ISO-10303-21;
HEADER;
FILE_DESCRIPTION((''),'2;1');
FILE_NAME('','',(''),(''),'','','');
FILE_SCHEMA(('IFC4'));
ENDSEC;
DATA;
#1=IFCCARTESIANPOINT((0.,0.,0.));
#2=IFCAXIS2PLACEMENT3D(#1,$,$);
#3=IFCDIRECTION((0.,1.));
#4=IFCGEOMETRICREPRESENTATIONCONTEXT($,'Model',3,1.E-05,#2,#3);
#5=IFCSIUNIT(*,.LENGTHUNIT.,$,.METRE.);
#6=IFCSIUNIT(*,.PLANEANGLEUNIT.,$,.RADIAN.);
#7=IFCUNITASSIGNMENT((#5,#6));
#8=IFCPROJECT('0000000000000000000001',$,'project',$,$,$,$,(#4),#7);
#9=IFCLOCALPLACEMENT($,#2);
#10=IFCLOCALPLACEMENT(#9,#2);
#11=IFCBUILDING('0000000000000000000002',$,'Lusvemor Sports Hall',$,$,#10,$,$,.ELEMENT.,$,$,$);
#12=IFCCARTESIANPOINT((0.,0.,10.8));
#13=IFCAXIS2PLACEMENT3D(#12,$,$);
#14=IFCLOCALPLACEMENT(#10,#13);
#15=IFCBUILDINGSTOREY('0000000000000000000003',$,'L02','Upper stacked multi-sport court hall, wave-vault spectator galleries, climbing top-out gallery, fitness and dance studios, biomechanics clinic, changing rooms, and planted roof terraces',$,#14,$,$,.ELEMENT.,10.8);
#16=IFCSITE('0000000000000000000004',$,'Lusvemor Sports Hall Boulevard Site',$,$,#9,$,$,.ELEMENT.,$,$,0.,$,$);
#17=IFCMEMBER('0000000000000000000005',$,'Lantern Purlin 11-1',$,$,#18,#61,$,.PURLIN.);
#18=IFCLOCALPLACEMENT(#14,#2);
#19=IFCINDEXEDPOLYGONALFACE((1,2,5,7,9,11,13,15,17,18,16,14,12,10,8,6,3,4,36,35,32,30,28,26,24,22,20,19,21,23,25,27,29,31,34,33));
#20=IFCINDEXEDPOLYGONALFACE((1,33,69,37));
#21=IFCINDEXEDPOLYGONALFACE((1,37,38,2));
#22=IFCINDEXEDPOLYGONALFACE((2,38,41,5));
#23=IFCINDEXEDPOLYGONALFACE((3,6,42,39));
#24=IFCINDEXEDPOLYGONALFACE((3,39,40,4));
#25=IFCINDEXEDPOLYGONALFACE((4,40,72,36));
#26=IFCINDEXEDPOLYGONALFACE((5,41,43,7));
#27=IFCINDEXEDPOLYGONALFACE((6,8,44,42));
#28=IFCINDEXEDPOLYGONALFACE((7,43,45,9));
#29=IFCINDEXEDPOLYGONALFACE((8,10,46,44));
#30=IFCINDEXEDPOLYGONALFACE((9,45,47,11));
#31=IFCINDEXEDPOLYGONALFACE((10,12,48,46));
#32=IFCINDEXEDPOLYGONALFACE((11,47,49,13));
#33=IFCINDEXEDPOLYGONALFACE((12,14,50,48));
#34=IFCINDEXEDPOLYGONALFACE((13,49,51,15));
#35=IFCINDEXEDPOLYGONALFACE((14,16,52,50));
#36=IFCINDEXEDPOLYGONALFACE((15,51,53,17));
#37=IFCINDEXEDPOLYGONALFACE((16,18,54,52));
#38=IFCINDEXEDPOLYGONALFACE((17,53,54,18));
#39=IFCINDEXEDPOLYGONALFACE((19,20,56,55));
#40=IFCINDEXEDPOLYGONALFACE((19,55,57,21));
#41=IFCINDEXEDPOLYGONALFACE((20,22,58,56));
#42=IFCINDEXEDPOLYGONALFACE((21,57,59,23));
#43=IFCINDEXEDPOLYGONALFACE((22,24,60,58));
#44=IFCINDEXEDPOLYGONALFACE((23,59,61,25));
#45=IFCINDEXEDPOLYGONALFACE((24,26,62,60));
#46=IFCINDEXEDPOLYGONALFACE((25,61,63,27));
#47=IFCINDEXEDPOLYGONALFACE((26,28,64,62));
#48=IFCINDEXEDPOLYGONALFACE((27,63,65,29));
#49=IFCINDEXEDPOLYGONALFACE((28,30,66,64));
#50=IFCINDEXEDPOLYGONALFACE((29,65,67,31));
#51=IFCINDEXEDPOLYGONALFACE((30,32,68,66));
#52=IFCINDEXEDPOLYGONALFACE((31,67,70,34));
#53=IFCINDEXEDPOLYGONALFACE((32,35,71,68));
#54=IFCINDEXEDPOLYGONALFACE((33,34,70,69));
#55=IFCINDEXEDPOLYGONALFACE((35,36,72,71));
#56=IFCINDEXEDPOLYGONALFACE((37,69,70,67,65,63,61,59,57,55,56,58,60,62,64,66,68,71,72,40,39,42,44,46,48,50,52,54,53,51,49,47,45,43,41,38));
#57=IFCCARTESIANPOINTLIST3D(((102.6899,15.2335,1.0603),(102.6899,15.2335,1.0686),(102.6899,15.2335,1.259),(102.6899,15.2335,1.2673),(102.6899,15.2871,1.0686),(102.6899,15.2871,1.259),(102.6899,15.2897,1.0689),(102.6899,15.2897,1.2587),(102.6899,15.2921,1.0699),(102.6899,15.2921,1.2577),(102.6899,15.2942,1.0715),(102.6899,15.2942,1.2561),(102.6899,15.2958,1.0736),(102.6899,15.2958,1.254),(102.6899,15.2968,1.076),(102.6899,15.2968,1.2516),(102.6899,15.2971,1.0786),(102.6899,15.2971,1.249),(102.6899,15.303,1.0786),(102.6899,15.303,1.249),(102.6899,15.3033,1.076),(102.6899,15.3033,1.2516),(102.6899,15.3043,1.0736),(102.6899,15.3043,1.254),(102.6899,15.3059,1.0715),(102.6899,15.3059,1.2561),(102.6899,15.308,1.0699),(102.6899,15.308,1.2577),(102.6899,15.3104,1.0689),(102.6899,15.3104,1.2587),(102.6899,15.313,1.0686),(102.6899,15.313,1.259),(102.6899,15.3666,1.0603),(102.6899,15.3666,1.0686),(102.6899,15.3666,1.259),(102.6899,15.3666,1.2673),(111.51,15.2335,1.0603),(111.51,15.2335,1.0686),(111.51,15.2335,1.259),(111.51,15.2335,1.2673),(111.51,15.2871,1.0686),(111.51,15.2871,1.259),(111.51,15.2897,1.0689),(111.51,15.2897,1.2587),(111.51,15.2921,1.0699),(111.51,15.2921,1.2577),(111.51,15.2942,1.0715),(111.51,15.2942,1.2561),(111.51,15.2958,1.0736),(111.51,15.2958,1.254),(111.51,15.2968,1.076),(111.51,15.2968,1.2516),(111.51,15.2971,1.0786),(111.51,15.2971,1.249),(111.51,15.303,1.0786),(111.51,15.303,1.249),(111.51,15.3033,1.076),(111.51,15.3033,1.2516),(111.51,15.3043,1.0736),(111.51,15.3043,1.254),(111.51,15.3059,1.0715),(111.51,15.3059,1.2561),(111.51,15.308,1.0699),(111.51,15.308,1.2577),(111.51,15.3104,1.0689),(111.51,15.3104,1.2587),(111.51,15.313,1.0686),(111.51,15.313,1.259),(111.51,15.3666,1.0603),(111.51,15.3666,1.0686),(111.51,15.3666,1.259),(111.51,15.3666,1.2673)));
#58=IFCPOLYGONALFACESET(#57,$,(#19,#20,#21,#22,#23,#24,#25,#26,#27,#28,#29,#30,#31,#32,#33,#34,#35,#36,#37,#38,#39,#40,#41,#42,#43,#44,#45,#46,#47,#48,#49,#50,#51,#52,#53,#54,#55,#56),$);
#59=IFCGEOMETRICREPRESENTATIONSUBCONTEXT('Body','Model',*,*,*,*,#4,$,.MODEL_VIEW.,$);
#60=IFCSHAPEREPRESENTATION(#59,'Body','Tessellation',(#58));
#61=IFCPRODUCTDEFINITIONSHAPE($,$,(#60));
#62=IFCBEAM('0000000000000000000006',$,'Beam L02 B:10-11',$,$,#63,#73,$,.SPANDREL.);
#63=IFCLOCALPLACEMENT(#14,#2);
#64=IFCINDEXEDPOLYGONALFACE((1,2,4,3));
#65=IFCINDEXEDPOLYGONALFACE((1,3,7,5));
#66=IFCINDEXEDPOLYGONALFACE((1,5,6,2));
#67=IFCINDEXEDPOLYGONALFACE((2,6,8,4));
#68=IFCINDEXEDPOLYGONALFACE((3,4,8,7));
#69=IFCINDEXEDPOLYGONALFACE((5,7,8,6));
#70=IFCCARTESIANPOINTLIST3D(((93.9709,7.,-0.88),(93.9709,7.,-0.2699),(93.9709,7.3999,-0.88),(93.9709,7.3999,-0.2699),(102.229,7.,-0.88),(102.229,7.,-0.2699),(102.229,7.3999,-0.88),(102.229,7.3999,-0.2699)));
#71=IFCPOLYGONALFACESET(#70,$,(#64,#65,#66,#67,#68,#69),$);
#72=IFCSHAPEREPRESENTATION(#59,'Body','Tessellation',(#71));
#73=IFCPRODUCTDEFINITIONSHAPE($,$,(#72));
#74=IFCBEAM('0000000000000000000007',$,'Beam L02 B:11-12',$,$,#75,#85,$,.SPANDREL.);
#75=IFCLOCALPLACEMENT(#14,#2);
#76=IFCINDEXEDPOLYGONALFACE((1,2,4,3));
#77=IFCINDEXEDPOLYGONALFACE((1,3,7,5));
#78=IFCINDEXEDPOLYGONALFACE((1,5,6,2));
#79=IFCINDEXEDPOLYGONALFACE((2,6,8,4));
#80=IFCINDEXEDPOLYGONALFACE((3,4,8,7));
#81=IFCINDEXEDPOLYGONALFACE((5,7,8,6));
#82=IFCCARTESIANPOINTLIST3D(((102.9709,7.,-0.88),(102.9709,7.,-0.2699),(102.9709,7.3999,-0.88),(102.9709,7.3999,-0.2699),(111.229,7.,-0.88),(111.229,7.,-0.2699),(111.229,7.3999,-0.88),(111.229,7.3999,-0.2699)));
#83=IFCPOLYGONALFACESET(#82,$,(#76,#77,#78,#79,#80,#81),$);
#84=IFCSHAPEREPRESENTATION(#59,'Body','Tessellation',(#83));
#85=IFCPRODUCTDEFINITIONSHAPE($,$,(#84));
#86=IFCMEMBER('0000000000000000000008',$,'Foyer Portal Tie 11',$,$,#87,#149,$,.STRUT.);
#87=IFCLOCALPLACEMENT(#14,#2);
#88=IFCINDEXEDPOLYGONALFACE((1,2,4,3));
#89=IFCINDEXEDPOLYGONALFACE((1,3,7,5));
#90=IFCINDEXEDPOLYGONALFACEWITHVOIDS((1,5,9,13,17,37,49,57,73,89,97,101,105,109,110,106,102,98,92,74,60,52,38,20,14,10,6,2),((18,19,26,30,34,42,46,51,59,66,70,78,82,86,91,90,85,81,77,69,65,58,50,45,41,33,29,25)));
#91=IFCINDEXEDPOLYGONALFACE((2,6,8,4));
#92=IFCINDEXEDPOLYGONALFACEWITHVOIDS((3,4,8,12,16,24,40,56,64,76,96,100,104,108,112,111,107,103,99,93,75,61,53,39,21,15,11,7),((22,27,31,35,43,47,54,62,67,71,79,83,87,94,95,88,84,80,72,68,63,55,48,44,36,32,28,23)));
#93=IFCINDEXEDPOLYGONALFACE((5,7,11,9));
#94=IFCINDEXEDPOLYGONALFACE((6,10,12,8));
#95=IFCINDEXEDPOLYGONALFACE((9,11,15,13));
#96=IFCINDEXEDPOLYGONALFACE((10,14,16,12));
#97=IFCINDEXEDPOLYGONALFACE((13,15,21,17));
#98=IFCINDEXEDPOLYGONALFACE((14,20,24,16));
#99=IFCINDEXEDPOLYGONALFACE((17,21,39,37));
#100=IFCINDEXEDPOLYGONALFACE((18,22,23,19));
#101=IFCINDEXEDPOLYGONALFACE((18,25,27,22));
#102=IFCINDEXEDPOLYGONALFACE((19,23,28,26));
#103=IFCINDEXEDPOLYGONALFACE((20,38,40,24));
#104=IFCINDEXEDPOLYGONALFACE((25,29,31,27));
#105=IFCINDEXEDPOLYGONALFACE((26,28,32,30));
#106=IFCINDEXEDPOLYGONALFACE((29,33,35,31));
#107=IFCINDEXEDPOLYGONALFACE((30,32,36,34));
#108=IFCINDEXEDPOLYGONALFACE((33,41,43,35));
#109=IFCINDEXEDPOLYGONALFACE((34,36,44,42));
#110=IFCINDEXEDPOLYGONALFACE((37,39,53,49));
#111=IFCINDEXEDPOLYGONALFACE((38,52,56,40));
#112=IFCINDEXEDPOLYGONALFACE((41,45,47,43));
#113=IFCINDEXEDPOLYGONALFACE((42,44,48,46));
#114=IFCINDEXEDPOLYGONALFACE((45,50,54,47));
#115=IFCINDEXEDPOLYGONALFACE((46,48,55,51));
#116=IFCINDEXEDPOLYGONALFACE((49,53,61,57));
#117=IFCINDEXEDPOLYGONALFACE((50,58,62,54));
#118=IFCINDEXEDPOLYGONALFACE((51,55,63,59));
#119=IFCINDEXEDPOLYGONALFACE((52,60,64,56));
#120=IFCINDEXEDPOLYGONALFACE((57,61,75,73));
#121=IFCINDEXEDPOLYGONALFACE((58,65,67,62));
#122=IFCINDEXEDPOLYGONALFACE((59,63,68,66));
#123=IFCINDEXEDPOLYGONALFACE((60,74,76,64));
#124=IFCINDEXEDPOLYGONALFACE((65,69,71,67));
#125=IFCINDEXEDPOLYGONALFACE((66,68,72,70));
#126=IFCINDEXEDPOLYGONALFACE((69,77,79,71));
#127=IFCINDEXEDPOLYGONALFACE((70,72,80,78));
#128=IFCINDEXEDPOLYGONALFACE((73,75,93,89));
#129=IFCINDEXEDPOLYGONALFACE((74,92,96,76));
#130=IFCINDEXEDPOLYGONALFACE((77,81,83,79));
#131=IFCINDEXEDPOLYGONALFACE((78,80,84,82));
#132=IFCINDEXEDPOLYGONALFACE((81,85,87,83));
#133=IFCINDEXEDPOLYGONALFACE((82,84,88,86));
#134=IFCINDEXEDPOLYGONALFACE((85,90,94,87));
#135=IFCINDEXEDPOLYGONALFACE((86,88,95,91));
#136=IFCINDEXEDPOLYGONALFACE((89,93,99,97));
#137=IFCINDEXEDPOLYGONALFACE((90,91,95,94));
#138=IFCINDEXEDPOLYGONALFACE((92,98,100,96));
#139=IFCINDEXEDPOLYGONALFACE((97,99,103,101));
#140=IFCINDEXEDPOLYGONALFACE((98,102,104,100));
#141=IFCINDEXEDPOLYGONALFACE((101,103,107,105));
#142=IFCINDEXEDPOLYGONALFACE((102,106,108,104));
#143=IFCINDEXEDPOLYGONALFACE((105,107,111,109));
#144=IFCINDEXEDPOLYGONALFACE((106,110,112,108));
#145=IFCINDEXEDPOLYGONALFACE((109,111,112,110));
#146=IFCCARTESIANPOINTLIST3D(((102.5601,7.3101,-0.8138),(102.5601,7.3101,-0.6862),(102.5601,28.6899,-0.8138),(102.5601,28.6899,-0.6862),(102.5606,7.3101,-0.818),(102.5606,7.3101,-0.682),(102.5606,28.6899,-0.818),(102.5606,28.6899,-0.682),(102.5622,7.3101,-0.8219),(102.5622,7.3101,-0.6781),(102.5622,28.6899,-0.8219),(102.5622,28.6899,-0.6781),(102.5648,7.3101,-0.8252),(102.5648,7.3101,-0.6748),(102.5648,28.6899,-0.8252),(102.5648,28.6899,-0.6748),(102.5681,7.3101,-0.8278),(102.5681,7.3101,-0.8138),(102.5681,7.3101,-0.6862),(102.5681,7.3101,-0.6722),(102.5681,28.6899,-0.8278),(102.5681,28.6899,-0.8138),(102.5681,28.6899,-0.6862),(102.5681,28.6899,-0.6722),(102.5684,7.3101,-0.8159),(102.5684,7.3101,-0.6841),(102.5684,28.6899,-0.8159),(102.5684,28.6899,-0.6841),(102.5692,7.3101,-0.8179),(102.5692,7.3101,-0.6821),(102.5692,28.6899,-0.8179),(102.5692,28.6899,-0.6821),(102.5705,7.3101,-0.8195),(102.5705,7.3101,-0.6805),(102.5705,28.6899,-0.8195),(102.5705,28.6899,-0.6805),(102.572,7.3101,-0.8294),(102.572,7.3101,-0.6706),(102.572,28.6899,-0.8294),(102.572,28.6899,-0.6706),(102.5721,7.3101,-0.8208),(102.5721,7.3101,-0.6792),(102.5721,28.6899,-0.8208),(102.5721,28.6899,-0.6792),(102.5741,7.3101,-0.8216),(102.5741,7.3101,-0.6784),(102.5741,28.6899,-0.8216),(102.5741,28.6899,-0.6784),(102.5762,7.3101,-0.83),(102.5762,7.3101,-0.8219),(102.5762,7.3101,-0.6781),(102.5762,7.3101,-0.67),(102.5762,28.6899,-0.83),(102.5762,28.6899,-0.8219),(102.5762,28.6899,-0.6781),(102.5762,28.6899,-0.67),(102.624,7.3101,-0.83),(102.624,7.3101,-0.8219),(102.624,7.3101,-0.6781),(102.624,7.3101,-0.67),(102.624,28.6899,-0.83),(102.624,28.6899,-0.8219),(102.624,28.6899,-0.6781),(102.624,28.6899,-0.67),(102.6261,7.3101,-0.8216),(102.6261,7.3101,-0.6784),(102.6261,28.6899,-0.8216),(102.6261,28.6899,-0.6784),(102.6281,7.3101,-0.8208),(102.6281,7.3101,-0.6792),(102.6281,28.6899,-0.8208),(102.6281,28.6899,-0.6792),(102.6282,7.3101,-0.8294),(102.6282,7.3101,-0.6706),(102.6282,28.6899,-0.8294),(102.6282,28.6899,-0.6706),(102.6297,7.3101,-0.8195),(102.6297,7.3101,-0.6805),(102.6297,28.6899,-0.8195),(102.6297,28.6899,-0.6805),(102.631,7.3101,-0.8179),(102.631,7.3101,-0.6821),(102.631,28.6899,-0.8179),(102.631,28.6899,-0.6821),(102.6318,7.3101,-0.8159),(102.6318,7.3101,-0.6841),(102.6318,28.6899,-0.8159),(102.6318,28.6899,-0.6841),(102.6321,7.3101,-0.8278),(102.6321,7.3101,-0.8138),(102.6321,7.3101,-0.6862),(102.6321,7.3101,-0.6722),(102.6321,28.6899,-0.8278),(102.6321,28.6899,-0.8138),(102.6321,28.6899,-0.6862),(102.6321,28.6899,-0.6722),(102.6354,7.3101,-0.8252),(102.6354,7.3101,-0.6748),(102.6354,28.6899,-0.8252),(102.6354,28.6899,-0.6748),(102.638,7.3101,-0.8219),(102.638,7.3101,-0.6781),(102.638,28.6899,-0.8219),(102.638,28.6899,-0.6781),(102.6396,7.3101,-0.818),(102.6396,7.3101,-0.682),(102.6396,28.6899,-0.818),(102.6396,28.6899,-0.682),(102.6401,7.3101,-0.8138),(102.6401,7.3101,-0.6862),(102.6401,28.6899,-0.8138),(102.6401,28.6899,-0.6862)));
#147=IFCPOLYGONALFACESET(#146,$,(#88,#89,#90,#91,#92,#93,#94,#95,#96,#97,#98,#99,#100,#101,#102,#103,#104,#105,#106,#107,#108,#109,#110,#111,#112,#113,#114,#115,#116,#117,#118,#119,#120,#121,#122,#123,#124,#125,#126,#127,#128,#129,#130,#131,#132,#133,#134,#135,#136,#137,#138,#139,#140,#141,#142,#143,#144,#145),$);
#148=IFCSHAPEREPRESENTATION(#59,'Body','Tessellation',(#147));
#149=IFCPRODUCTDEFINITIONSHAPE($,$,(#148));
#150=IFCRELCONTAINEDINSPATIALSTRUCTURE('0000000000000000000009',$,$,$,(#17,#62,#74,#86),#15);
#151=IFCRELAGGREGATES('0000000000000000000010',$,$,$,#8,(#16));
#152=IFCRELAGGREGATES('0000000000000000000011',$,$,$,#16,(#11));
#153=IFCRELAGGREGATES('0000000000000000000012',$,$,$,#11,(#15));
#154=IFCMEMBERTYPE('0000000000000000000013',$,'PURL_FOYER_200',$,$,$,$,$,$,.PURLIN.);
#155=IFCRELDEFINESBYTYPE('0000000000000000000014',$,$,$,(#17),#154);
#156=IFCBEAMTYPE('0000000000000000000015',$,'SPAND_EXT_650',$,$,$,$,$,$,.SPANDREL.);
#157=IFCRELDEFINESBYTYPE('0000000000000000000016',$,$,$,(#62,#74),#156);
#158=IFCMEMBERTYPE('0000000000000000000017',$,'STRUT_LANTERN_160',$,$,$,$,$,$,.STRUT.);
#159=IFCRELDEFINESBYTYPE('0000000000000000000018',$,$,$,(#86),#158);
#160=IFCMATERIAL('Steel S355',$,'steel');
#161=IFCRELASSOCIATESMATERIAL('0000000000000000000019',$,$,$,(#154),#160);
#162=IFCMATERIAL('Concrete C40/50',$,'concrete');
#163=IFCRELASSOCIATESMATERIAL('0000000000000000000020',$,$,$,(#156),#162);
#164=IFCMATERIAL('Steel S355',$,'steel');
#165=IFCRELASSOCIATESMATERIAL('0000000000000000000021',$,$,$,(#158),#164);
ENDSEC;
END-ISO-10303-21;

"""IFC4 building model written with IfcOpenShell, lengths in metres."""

from ifc_helpers import new_model, si_unit, direction, frame, origin, origin_2d, place, context, subcontext, project, spatial, rectangle, hollow_rectangle, i_section, extrude, material, material_profile, profile_set, type_object, element, save


model = new_model("IFC4")

# Units and contexts
model_context = context("Model", 3, precision=1e-05, world=origin(), true_north=direction((0.0, 1.0)))
body_context = subcontext(model_context, "Body", "Model", "MODEL_VIEW")
ifc_project = project(units=[si_unit("LENGTHUNIT", "METRE"), si_unit("PLANEANGLEUNIT", "RADIAN")], contexts=[model_context])

# Site, building, storey
site_placement = place(None, origin())
site = spatial("IfcSite", under=ifc_project, at=site_placement, Name="Lusvemor Sports Hall Boulevard Site", CompositionType="ELEMENT", RefElevation=0.0)
building_placement = place(site_placement, origin())
building = spatial("IfcBuilding", under=site, at=building_placement, Name="Lusvemor Sports Hall", CompositionType="ELEMENT")
storey_placement = place(building_placement, frame((0.0, 0.0, 10.8)))
storey = spatial("IfcBuildingStorey", under=building, at=storey_placement, Name="L02", Description="Upper stacked multi-sport court hall, wave-vault spectator galleries, climbing top-out gallery, fitness and dance studios, biomechanics clinic, changing rooms, and planted roof terraces", CompositionType="ELEMENT", Elevation=10.8)

# Member
ifc_material_1 = material(Name="Steel S355", Category="steel")
ifc_material_profile_1 = material_profile(ifc_material_1, i_section(OverallWidth=0.1331, OverallDepth=0.207, WebThickness=0.0059, FlangeThickness=0.0083, FilletRadius=0.01, at=origin_2d()), Name="W200x26.6")
ifc_profile_set_1 = profile_set([ifc_material_profile_1], Name="Steel S355")
member_type_1 = type_object("IfcMemberType", Name="PURL_FOYER_200", PredefinedType="PURLIN", material=ifc_profile_set_1)
for number, where, z_axis, x_axis, name in (
    (1, (102.6899, 15.3, 1.1638), (1.0, 0.0, 0.0), (0.0, 1.0, 0.0), "Lantern Purlin 11-1"),
):
    element("IfcMember", number, at=place(storey_placement, frame(where, z_axis=z_axis, x_axis=x_axis)), inside=storey, type_object=member_type_1, Name=name, PredefinedType="PURLIN", context=body_context, shape_type="SweptSolid", body=[
        extrude(i_section(OverallWidth=0.1331, OverallDepth=0.207, WebThickness=0.0059, FlangeThickness=0.0083, FilletRadius=0.01, at=origin_2d()), origin(), (0.0, 0.0, 1.0), 8.8201),
    ])

# Beams
ifc_material_2 = material(Name="Concrete C40/50", Category="concrete")
ifc_material_profile_2 = material_profile(ifc_material_2, rectangle(XDim=0.3999, YDim=0.6101, at=origin_2d()), Name="RC400x610")
ifc_profile_set_2 = profile_set([ifc_material_profile_2], Name="Concrete C40/50")
beam_type_1 = type_object("IfcBeamType", Name="SPAND_EXT_650", PredefinedType="SPANDREL", material=ifc_profile_set_2)
for number, where, z_axis, x_axis, name in (
    (2, (93.9709, 7.2, -0.575), (1.0, 0.0, 0.0), (0.0, 1.0, 0.0), "Beam L02 B:10-11"),
    (3, (102.9709, 7.2, -0.575), (1.0, 0.0, 0.0), (0.0, 1.0, 0.0), "Beam L02 B:11-12"),
):
    element("IfcBeam", number, at=place(storey_placement, frame(where, z_axis=z_axis, x_axis=x_axis)), inside=storey, type_object=beam_type_1, Name=name, PredefinedType="SPANDREL", context=body_context, shape_type="SweptSolid", body=[
        extrude(rectangle(XDim=0.3999, YDim=0.6101, at=origin_2d()), origin(), (0.0, 0.0, 1.0), 8.2581),
    ])

# Member
ifc_material_3 = material(Name="Steel S355", Category="steel")
ifc_material_profile_3 = material_profile(ifc_material_3, hollow_rectangle(XDim=0.0801, YDim=0.1599, WallThickness=0.0081, InnerFilletRadius=0.0081, OuterFilletRadius=0.0161, at=origin_2d()), Name="RHS160x80x8")
ifc_profile_set_3 = profile_set([ifc_material_profile_3], Name="Steel S355")
member_type_2 = type_object("IfcMemberType", Name="STRUT_LANTERN_160", PredefinedType="STRUT", material=ifc_profile_set_3)
member_1_placement = place(storey_placement, frame((102.6001, 7.3101, -0.75), z_axis=(0.0, 1.0, 0.0), x_axis=(-1.0, 0.0, 0.0)))
element("IfcMember", 4, at=member_1_placement, inside=storey, type_object=member_type_2, Name="Foyer Portal Tie 11", PredefinedType="STRUT", context=body_context, shape_type="SweptSolid", body=[
    extrude(hollow_rectangle(XDim=0.0801, YDim=0.1599, WallThickness=0.0081, InnerFilletRadius=0.0081, OuterFilletRadius=0.0161, at=origin_2d()), origin(), (0.0, 0.0, 1.0), 21.3799),
])

save(model, "model.ifc")
